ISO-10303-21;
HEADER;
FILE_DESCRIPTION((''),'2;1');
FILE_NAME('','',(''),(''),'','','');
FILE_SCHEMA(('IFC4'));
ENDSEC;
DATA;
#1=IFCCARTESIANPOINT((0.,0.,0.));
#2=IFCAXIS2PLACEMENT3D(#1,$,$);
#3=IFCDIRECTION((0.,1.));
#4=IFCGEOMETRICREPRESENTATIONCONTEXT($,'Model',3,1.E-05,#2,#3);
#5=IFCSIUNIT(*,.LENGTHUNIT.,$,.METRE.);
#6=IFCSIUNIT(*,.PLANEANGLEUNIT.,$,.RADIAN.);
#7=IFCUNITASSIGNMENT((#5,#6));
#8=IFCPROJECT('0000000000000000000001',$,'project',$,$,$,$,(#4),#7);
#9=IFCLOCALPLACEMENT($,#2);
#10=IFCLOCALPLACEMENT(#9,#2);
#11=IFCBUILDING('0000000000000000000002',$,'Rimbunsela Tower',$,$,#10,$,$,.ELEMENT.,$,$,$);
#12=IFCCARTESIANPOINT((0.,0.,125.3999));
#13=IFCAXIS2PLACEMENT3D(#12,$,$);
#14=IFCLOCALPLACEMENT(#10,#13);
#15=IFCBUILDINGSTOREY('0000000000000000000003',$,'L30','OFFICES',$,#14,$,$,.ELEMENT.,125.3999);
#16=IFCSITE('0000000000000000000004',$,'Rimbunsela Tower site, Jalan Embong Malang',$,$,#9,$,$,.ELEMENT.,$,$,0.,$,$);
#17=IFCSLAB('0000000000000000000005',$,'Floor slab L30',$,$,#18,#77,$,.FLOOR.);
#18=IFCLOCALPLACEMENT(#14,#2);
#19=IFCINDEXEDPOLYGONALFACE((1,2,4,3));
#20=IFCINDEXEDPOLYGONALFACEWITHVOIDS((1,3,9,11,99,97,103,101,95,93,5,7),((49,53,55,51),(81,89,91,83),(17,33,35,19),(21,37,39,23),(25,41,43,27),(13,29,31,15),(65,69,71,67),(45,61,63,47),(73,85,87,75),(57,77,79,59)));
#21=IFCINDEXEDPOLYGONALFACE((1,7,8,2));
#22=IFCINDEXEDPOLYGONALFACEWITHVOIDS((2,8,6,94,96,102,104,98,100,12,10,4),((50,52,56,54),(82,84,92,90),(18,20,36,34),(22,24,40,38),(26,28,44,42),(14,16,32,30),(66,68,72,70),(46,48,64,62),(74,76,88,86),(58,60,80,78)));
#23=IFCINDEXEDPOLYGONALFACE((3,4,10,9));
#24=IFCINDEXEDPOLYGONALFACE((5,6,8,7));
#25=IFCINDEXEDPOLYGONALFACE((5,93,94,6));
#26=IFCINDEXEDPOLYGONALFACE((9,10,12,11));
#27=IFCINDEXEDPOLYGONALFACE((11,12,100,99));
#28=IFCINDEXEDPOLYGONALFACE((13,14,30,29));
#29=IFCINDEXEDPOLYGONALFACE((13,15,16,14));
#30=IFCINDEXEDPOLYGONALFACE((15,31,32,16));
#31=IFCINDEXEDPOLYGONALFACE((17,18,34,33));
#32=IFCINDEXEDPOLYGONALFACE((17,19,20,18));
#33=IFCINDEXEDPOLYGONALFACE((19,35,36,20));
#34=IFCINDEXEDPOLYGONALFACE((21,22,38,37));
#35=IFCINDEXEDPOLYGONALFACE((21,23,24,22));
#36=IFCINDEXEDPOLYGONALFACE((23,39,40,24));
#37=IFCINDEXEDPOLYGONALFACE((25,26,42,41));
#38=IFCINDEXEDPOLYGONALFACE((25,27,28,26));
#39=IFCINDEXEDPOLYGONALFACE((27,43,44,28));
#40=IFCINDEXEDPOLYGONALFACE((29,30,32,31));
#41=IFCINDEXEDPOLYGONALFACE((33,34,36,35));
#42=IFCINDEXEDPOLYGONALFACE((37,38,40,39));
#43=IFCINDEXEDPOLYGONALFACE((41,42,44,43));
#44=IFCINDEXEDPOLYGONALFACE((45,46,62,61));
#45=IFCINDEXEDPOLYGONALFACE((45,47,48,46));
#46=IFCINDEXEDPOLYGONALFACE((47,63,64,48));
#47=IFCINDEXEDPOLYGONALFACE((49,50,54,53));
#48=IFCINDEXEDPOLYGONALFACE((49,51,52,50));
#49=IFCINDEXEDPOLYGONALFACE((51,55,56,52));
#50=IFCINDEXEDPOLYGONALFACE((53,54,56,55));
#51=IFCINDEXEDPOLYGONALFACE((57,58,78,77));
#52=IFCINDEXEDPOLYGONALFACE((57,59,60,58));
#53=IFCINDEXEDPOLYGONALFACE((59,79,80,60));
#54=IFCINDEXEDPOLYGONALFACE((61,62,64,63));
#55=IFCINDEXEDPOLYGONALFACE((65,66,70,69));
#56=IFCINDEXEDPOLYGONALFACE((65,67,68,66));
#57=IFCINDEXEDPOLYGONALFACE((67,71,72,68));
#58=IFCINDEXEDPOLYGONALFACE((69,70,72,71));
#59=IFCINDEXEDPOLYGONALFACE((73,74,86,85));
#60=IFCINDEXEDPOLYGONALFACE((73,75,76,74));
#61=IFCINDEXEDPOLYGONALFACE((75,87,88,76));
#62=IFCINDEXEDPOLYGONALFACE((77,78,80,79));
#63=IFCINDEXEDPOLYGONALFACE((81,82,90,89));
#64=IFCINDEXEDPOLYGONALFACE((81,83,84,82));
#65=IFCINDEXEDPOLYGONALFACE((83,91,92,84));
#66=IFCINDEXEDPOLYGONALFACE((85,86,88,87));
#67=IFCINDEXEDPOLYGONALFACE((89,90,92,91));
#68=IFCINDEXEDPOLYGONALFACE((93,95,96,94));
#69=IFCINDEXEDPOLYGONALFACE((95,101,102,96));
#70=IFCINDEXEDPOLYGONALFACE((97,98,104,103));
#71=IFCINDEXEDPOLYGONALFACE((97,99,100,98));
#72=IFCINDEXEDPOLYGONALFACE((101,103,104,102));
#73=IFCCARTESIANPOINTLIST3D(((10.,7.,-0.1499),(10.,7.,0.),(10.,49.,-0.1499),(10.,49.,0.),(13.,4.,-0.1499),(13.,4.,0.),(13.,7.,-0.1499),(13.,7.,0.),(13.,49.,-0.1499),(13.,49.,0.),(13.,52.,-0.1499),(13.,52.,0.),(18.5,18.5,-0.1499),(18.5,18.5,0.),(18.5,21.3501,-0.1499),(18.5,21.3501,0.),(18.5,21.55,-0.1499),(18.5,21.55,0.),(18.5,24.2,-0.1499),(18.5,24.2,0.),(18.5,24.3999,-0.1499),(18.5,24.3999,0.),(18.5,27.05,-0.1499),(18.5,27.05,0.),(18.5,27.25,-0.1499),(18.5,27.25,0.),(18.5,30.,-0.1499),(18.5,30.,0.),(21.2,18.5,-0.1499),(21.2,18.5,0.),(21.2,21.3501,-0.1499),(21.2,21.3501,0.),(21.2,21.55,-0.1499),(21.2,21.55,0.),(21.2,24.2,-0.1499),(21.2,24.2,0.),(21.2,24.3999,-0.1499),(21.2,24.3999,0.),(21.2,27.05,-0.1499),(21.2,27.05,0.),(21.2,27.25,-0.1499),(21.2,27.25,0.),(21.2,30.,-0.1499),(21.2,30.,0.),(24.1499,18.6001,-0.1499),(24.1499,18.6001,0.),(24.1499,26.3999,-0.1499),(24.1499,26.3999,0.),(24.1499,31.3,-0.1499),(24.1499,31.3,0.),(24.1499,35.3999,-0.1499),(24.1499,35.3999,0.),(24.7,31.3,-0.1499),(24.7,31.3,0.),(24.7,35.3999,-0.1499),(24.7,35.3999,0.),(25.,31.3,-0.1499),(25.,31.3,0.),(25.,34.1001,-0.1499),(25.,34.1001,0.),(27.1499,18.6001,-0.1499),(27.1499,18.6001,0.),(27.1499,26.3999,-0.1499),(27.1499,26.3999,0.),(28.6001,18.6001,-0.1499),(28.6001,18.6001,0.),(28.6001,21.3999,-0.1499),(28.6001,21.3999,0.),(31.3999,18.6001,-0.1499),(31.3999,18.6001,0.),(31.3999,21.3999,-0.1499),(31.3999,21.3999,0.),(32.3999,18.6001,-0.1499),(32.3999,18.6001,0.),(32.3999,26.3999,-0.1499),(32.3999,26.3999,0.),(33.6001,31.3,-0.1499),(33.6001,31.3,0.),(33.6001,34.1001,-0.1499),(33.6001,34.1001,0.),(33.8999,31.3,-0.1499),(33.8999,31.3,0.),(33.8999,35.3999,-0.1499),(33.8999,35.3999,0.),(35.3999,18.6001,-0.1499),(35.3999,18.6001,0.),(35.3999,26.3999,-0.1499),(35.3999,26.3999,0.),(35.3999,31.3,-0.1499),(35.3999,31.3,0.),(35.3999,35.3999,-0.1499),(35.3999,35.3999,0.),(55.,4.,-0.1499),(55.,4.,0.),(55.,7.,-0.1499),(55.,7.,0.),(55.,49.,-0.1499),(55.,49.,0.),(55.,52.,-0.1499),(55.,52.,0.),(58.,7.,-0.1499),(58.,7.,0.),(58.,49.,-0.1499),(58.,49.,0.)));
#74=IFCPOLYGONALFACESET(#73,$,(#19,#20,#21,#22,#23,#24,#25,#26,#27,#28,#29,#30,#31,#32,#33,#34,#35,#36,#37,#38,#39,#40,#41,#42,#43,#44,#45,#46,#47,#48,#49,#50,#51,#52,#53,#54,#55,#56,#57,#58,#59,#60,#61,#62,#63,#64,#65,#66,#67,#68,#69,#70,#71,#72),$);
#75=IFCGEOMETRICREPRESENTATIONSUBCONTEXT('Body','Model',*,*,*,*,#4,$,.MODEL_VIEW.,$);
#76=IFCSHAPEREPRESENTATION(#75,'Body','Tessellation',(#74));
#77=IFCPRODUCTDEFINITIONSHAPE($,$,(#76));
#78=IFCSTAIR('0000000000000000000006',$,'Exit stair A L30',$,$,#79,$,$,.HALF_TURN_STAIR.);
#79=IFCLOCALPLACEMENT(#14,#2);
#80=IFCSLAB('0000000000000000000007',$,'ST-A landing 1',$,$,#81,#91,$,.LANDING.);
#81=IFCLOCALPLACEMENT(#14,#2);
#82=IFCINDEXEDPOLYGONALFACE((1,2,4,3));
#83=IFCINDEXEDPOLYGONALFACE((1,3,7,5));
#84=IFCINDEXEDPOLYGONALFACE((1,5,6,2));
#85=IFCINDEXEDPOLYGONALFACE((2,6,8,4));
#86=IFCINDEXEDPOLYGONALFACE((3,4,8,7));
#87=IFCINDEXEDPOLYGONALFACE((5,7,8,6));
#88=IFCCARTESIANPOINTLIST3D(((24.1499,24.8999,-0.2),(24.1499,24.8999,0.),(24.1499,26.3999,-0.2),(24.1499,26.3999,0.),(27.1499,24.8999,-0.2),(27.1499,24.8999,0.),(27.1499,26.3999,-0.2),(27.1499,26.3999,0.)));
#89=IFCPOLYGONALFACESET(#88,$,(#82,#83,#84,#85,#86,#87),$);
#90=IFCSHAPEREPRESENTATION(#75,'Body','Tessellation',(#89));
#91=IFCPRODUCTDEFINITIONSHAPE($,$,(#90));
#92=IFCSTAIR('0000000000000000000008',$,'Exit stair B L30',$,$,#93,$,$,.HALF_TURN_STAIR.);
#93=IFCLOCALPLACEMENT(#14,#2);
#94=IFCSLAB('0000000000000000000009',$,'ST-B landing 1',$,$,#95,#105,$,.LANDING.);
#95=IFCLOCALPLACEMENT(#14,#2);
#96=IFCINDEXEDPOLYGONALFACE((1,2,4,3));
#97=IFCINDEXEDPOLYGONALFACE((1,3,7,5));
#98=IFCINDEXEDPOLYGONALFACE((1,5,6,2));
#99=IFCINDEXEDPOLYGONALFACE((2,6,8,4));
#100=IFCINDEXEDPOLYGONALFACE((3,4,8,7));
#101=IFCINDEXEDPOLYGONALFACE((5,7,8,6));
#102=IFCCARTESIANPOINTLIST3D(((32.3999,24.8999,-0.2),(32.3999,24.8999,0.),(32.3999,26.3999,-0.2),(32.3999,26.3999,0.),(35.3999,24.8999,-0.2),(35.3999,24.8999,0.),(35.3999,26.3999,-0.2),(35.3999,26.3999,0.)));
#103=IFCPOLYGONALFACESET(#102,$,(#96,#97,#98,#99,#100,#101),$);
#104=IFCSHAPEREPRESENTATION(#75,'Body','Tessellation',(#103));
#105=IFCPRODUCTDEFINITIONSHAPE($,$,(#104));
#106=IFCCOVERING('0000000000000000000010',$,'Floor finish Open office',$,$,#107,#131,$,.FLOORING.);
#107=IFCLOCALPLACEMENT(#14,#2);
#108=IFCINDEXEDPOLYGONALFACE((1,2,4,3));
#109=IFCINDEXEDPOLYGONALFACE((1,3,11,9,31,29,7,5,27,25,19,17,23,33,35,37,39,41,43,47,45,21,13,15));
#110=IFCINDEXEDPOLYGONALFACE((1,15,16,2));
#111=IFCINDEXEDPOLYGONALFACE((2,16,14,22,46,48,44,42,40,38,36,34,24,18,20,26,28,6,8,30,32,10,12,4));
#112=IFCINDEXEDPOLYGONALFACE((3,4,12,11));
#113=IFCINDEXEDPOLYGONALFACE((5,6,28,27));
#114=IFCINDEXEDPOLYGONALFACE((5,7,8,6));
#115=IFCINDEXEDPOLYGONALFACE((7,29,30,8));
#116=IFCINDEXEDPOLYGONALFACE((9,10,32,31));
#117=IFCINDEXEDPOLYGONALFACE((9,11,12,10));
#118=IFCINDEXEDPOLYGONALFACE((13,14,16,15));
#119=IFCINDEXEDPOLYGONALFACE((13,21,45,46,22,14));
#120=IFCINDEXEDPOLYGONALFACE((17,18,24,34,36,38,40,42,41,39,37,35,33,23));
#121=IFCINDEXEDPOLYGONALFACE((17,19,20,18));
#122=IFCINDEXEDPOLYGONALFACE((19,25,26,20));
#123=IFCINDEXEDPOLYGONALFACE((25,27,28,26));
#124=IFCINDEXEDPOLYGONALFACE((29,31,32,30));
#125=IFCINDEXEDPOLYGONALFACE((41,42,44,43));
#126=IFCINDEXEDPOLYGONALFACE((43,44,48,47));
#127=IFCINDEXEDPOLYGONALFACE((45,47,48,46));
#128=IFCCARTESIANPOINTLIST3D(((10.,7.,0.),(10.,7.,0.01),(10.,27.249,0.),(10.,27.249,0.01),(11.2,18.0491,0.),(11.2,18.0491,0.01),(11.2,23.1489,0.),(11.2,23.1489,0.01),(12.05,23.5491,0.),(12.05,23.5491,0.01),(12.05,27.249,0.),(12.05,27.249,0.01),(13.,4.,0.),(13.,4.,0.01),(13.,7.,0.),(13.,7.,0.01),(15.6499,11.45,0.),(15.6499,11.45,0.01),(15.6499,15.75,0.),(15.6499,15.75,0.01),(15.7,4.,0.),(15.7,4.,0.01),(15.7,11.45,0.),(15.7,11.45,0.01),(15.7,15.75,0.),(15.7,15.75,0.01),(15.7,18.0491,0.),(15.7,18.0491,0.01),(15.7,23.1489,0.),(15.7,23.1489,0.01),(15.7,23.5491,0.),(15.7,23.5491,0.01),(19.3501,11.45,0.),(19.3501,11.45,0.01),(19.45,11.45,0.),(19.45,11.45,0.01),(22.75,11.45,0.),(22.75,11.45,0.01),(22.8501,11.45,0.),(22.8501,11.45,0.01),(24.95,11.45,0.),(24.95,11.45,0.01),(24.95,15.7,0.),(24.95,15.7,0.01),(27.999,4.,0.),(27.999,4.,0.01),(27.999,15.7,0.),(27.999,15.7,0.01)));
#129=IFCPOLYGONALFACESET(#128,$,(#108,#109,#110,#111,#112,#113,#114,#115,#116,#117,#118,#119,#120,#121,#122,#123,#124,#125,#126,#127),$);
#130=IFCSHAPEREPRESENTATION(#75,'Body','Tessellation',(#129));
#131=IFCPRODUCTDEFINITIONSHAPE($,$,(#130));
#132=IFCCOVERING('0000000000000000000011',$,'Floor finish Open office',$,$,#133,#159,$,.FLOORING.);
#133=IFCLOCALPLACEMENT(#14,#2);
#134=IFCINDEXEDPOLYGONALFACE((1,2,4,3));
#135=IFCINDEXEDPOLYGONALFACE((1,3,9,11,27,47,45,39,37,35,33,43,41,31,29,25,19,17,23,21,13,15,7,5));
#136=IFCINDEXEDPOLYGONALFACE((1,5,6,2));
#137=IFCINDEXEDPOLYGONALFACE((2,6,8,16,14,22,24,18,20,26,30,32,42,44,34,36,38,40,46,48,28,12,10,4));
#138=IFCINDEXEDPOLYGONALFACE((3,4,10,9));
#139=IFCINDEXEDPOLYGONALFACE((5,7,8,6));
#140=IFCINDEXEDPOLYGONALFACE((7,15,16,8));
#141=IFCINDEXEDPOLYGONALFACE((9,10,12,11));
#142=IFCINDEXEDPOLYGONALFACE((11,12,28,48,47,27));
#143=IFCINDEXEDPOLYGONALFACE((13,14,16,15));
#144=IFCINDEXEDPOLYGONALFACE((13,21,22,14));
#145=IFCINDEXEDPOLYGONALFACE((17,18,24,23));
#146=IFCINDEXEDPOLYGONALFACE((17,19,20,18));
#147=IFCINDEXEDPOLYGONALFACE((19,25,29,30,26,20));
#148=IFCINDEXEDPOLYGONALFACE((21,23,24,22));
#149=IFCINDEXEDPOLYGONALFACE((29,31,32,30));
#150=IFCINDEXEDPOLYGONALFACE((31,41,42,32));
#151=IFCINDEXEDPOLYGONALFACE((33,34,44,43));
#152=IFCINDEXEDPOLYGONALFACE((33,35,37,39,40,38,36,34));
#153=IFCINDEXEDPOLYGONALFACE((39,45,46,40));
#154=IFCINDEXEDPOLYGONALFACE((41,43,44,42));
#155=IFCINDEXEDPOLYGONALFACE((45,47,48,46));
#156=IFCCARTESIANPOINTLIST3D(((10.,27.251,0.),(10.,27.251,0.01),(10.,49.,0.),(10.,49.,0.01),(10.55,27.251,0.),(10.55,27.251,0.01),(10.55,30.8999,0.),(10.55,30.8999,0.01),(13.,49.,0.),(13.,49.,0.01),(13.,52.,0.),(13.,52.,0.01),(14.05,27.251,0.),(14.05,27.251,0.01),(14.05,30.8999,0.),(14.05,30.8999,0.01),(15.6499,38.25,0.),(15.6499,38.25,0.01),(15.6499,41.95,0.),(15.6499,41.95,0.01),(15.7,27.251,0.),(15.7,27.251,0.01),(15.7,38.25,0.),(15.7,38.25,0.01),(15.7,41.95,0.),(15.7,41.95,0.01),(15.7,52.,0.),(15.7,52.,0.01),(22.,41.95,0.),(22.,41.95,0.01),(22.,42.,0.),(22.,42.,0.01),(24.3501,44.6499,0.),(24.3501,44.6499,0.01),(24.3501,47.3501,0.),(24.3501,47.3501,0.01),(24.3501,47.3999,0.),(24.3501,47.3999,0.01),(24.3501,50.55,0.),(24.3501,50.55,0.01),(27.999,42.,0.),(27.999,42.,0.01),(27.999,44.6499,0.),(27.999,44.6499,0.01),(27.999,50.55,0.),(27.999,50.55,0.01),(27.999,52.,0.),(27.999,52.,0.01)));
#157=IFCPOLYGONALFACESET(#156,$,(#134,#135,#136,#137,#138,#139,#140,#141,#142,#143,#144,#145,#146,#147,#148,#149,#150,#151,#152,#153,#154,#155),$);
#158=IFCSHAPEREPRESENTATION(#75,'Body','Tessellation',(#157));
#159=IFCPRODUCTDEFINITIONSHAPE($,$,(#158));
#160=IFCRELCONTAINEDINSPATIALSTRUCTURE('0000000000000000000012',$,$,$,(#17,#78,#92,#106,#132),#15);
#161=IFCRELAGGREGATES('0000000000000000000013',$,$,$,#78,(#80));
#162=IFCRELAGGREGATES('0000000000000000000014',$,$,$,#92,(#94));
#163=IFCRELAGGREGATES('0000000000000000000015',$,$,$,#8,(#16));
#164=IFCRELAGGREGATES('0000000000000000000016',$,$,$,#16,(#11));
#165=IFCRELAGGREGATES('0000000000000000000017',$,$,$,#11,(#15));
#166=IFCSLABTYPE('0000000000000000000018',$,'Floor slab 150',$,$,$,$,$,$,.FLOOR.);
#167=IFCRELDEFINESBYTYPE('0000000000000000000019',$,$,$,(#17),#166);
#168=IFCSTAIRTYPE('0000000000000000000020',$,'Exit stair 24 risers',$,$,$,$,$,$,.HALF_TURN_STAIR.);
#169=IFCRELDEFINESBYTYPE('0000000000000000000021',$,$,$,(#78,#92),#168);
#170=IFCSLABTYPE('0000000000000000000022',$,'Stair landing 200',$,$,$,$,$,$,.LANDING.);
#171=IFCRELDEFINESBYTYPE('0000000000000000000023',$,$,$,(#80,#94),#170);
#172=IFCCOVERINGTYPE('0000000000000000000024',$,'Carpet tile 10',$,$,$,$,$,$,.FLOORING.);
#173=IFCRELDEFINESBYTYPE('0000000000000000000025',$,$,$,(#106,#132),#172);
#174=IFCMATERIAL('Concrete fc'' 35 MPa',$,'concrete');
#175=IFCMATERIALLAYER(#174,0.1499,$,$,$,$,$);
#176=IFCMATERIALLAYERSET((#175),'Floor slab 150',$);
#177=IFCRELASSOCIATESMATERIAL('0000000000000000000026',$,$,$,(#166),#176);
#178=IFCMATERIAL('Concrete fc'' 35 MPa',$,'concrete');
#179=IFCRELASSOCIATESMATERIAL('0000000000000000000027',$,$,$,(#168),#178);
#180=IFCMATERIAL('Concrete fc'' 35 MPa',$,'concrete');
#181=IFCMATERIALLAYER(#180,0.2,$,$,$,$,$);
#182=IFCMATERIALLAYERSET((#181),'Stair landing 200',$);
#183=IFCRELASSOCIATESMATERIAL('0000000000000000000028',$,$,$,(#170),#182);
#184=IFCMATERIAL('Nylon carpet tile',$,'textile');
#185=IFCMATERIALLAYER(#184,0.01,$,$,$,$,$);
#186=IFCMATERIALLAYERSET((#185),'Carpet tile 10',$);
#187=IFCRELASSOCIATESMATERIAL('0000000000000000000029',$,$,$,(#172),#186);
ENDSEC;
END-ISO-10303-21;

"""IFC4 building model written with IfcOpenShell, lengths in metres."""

from ifc_helpers import new_model, si_unit, direction, frame, origin, place, context, subcontext, project, spatial, polyline, outline, extrude, material, layer, layer_set, type_object, element, aggregate, save


model = new_model("IFC4")

# Units and contexts
model_context = context("Model", 3, precision=1e-05, world=origin(), true_north=direction((0.0, 1.0)))
body_context = subcontext(model_context, "Body", "Model", "MODEL_VIEW")
ifc_project = project(units=[si_unit("LENGTHUNIT", "METRE"), si_unit("PLANEANGLEUNIT", "RADIAN")], contexts=[model_context])

# Site, building, storey
site_placement = place(None, origin())
site = spatial("IfcSite", under=ifc_project, at=site_placement, Name="Rimbunsela Tower site, Jalan Embong Malang", CompositionType="ELEMENT", RefElevation=0.0)
building_placement = place(site_placement, origin())
building = spatial("IfcBuilding", under=site, at=building_placement, Name="Rimbunsela Tower", CompositionType="ELEMENT")
storey_placement = place(building_placement, frame((0.0, 0.0, 125.3999)))
storey = spatial("IfcBuildingStorey", under=building, at=storey_placement, Name="L30", Description="OFFICES", CompositionType="ELEMENT", Elevation=125.3999)

# Slab
ifc_material_1 = material(Name="Concrete fc' 35 MPa", Category="concrete")
ifc_layer_1 = layer(ifc_material_1, 0.1499)
ifc_layer_set_1 = layer_set([ifc_layer_1], Name="Floor slab 150")
slab_type_1 = type_object("IfcSlabType", Name="Floor slab 150", PredefinedType="FLOOR", material=ifc_layer_set_1)
slab_1_placement = place(storey_placement, frame((0.0, 0.0, -0.1499)))
element("IfcSlab", 1, at=slab_1_placement, inside=storey, type_object=slab_type_1, Name="Floor slab L30", PredefinedType="FLOOR", context=body_context, shape_type="SweptSolid", body=[
    extrude(outline(polyline([(13.0, 4.0), (55.0, 4.0), (55.0, 7.0), (58.0, 7.0), (58.0, 49.0), (55.0, 49.0), (55.0, 52.0), (13.0, 52.0), (13.0, 49.0), (10.0, 49.0), (10.0, 7.0), (13.0, 7.0), (13.0, 4.0)]), holes=[polyline([(21.2, 21.3501), (18.5, 21.3501), (18.5, 18.5), (21.2, 18.5), (21.2, 21.3501)]), polyline([(21.2, 21.55), (21.2, 24.2), (18.5, 24.2), (18.5, 21.55), (21.2, 21.55)]), polyline([(21.2, 27.05), (18.5, 27.05), (18.5, 24.3999), (21.2, 24.3999), (21.2, 27.05)]), polyline([(21.2, 27.25), (21.2, 30.0), (18.5, 30.0), (18.5, 27.25), (21.2, 27.25)]), polyline([(27.1499, 18.6001), (27.1499, 26.3999), (24.1499, 26.3999), (24.1499, 18.6001), (27.1499, 18.6001)]), polyline([(24.7, 31.3), (24.7, 35.3999), (24.1499, 35.3999), (24.1499, 31.3), (24.7, 31.3)]), polyline([(25.0, 34.1001), (25.0, 31.3), (33.6001, 31.3), (33.6001, 34.1001), (25.0, 34.1001)]), polyline([(31.3999, 21.3999), (28.6001, 21.3999), (28.6001, 18.6001), (31.3999, 18.6001), (31.3999, 21.3999)]), polyline([(35.3999, 18.6001), (35.3999, 26.3999), (32.3999, 26.3999), (32.3999, 18.6001), (35.3999, 18.6001)]), polyline([(35.3999, 31.3), (35.3999, 35.3999), (33.8999, 35.3999), (33.8999, 31.3), (35.3999, 31.3)])]), origin(), (0.0, 0.0, 1.0), 0.1499),
])

# Stairs, slabs
ifc_material_2 = material(Name="Concrete fc' 35 MPa", Category="concrete")
stair_type = type_object("IfcStairType", Name="Exit stair 24 risers", PredefinedType="HALF_TURN_STAIR", material=ifc_material_2)
stair_1_placement = place(storey_placement, origin())
stair_1 = element("IfcStair", 2, at=stair_1_placement, inside=storey, type_object=stair_type, Name="Exit stair A L30", PredefinedType="HALF_TURN_STAIR")
ifc_material_3 = material(Name="Concrete fc' 35 MPa", Category="concrete")
ifc_layer_2 = layer(ifc_material_3, 0.2)
ifc_layer_set_2 = layer_set([ifc_layer_2], Name="Stair landing 200")
slab_type_2 = type_object("IfcSlabType", Name="Stair landing 200", PredefinedType="LANDING", material=ifc_layer_set_2)
slab_2_placement = place(storey_placement, frame((0.0, 0.0, -0.2)))
slab_2 = element("IfcSlab", 3, at=slab_2_placement, type_object=slab_type_2, Name="ST-A landing 1", PredefinedType="LANDING", context=body_context, shape_type="SweptSolid", body=[
    extrude(outline(polyline([(24.1499, 24.8999), (27.1499, 24.8999), (27.1499, 26.3999), (24.1499, 26.3999), (24.1499, 24.8999)])), origin(), (0.0, 0.0, 1.0), 0.2),
])
aggregate(stair_1, [slab_2])
stair_2_placement = place(storey_placement, origin())
stair_2 = element("IfcStair", 4, at=stair_2_placement, inside=storey, type_object=stair_type, Name="Exit stair B L30", PredefinedType="HALF_TURN_STAIR")
slab_3_placement = place(storey_placement, frame((0.0, 0.0, -0.2)))
slab_3 = element("IfcSlab", 5, at=slab_3_placement, type_object=slab_type_2, Name="ST-B landing 1", PredefinedType="LANDING", context=body_context, shape_type="SweptSolid", body=[
    extrude(outline(polyline([(32.3999, 24.8999), (35.3999, 24.8999), (35.3999, 26.3999), (32.3999, 26.3999), (32.3999, 24.8999)])), origin(), (0.0, 0.0, 1.0), 0.2),
])
aggregate(stair_2, [slab_3])

# Coverings
ifc_material_4 = material(Name="Nylon carpet tile", Category="textile")
ifc_layer_3 = layer(ifc_material_4, 0.01)
ifc_layer_set_3 = layer_set([ifc_layer_3], Name="Carpet tile 10")
covering_type_1 = type_object("IfcCoveringType", Name="Carpet tile 10", PredefinedType="FLOORING", material=ifc_layer_set_3)
covering_1_placement = place(storey_placement, origin())
element("IfcCovering", 6, at=covering_1_placement, inside=storey, type_object=covering_type_1, Name="Floor finish Open office", PredefinedType="FLOORING", context=body_context, shape_type="SweptSolid", body=[
    extrude(outline(polyline([(19.45, 11.45), (22.75, 11.45), (22.8501, 11.45), (24.95, 11.45), (24.95, 15.7), (27.999, 15.7), (27.999, 4.0), (15.7, 4.0), (13.0, 4.0), (13.0, 7.0), (10.0, 7.0), (10.0, 27.249), (12.05, 27.249), (12.05, 23.5491), (15.7, 23.5491), (15.7, 23.1489), (11.2, 23.1489), (11.2, 18.0491), (15.7, 18.0491), (15.7, 15.75), (15.6499, 15.75), (15.6499, 11.45), (15.7, 11.45), (19.3501, 11.45), (19.45, 11.45)])), origin(), (0.0, 0.0, 1.0), 0.01),
])
covering_2_placement = place(storey_placement, origin())
element("IfcCovering", 7, at=covering_2_placement, inside=storey, type_object=covering_type_1, Name="Floor finish Open office", PredefinedType="FLOORING", context=body_context, shape_type="SweptSolid", body=[
    extrude(outline(polyline([(15.6499, 41.95), (15.6499, 38.25), (15.7, 38.25), (15.7, 27.251), (14.05, 27.251), (14.05, 30.8999), (10.55, 30.8999), (10.55, 27.251), (10.0, 27.251), (10.0, 49.0), (13.0, 49.0), (13.0, 52.0), (15.7, 52.0), (27.999, 52.0), (27.999, 50.55), (24.3501, 50.55), (24.3501, 47.3999), (24.3501, 47.3501), (24.3501, 44.6499), (27.999, 44.6499), (27.999, 42.0), (22.0, 42.0), (22.0, 41.95), (15.7, 41.95), (15.6499, 41.95)])), origin(), (0.0, 0.0, 1.0), 0.01),
])

save(model, "model.ifc")
